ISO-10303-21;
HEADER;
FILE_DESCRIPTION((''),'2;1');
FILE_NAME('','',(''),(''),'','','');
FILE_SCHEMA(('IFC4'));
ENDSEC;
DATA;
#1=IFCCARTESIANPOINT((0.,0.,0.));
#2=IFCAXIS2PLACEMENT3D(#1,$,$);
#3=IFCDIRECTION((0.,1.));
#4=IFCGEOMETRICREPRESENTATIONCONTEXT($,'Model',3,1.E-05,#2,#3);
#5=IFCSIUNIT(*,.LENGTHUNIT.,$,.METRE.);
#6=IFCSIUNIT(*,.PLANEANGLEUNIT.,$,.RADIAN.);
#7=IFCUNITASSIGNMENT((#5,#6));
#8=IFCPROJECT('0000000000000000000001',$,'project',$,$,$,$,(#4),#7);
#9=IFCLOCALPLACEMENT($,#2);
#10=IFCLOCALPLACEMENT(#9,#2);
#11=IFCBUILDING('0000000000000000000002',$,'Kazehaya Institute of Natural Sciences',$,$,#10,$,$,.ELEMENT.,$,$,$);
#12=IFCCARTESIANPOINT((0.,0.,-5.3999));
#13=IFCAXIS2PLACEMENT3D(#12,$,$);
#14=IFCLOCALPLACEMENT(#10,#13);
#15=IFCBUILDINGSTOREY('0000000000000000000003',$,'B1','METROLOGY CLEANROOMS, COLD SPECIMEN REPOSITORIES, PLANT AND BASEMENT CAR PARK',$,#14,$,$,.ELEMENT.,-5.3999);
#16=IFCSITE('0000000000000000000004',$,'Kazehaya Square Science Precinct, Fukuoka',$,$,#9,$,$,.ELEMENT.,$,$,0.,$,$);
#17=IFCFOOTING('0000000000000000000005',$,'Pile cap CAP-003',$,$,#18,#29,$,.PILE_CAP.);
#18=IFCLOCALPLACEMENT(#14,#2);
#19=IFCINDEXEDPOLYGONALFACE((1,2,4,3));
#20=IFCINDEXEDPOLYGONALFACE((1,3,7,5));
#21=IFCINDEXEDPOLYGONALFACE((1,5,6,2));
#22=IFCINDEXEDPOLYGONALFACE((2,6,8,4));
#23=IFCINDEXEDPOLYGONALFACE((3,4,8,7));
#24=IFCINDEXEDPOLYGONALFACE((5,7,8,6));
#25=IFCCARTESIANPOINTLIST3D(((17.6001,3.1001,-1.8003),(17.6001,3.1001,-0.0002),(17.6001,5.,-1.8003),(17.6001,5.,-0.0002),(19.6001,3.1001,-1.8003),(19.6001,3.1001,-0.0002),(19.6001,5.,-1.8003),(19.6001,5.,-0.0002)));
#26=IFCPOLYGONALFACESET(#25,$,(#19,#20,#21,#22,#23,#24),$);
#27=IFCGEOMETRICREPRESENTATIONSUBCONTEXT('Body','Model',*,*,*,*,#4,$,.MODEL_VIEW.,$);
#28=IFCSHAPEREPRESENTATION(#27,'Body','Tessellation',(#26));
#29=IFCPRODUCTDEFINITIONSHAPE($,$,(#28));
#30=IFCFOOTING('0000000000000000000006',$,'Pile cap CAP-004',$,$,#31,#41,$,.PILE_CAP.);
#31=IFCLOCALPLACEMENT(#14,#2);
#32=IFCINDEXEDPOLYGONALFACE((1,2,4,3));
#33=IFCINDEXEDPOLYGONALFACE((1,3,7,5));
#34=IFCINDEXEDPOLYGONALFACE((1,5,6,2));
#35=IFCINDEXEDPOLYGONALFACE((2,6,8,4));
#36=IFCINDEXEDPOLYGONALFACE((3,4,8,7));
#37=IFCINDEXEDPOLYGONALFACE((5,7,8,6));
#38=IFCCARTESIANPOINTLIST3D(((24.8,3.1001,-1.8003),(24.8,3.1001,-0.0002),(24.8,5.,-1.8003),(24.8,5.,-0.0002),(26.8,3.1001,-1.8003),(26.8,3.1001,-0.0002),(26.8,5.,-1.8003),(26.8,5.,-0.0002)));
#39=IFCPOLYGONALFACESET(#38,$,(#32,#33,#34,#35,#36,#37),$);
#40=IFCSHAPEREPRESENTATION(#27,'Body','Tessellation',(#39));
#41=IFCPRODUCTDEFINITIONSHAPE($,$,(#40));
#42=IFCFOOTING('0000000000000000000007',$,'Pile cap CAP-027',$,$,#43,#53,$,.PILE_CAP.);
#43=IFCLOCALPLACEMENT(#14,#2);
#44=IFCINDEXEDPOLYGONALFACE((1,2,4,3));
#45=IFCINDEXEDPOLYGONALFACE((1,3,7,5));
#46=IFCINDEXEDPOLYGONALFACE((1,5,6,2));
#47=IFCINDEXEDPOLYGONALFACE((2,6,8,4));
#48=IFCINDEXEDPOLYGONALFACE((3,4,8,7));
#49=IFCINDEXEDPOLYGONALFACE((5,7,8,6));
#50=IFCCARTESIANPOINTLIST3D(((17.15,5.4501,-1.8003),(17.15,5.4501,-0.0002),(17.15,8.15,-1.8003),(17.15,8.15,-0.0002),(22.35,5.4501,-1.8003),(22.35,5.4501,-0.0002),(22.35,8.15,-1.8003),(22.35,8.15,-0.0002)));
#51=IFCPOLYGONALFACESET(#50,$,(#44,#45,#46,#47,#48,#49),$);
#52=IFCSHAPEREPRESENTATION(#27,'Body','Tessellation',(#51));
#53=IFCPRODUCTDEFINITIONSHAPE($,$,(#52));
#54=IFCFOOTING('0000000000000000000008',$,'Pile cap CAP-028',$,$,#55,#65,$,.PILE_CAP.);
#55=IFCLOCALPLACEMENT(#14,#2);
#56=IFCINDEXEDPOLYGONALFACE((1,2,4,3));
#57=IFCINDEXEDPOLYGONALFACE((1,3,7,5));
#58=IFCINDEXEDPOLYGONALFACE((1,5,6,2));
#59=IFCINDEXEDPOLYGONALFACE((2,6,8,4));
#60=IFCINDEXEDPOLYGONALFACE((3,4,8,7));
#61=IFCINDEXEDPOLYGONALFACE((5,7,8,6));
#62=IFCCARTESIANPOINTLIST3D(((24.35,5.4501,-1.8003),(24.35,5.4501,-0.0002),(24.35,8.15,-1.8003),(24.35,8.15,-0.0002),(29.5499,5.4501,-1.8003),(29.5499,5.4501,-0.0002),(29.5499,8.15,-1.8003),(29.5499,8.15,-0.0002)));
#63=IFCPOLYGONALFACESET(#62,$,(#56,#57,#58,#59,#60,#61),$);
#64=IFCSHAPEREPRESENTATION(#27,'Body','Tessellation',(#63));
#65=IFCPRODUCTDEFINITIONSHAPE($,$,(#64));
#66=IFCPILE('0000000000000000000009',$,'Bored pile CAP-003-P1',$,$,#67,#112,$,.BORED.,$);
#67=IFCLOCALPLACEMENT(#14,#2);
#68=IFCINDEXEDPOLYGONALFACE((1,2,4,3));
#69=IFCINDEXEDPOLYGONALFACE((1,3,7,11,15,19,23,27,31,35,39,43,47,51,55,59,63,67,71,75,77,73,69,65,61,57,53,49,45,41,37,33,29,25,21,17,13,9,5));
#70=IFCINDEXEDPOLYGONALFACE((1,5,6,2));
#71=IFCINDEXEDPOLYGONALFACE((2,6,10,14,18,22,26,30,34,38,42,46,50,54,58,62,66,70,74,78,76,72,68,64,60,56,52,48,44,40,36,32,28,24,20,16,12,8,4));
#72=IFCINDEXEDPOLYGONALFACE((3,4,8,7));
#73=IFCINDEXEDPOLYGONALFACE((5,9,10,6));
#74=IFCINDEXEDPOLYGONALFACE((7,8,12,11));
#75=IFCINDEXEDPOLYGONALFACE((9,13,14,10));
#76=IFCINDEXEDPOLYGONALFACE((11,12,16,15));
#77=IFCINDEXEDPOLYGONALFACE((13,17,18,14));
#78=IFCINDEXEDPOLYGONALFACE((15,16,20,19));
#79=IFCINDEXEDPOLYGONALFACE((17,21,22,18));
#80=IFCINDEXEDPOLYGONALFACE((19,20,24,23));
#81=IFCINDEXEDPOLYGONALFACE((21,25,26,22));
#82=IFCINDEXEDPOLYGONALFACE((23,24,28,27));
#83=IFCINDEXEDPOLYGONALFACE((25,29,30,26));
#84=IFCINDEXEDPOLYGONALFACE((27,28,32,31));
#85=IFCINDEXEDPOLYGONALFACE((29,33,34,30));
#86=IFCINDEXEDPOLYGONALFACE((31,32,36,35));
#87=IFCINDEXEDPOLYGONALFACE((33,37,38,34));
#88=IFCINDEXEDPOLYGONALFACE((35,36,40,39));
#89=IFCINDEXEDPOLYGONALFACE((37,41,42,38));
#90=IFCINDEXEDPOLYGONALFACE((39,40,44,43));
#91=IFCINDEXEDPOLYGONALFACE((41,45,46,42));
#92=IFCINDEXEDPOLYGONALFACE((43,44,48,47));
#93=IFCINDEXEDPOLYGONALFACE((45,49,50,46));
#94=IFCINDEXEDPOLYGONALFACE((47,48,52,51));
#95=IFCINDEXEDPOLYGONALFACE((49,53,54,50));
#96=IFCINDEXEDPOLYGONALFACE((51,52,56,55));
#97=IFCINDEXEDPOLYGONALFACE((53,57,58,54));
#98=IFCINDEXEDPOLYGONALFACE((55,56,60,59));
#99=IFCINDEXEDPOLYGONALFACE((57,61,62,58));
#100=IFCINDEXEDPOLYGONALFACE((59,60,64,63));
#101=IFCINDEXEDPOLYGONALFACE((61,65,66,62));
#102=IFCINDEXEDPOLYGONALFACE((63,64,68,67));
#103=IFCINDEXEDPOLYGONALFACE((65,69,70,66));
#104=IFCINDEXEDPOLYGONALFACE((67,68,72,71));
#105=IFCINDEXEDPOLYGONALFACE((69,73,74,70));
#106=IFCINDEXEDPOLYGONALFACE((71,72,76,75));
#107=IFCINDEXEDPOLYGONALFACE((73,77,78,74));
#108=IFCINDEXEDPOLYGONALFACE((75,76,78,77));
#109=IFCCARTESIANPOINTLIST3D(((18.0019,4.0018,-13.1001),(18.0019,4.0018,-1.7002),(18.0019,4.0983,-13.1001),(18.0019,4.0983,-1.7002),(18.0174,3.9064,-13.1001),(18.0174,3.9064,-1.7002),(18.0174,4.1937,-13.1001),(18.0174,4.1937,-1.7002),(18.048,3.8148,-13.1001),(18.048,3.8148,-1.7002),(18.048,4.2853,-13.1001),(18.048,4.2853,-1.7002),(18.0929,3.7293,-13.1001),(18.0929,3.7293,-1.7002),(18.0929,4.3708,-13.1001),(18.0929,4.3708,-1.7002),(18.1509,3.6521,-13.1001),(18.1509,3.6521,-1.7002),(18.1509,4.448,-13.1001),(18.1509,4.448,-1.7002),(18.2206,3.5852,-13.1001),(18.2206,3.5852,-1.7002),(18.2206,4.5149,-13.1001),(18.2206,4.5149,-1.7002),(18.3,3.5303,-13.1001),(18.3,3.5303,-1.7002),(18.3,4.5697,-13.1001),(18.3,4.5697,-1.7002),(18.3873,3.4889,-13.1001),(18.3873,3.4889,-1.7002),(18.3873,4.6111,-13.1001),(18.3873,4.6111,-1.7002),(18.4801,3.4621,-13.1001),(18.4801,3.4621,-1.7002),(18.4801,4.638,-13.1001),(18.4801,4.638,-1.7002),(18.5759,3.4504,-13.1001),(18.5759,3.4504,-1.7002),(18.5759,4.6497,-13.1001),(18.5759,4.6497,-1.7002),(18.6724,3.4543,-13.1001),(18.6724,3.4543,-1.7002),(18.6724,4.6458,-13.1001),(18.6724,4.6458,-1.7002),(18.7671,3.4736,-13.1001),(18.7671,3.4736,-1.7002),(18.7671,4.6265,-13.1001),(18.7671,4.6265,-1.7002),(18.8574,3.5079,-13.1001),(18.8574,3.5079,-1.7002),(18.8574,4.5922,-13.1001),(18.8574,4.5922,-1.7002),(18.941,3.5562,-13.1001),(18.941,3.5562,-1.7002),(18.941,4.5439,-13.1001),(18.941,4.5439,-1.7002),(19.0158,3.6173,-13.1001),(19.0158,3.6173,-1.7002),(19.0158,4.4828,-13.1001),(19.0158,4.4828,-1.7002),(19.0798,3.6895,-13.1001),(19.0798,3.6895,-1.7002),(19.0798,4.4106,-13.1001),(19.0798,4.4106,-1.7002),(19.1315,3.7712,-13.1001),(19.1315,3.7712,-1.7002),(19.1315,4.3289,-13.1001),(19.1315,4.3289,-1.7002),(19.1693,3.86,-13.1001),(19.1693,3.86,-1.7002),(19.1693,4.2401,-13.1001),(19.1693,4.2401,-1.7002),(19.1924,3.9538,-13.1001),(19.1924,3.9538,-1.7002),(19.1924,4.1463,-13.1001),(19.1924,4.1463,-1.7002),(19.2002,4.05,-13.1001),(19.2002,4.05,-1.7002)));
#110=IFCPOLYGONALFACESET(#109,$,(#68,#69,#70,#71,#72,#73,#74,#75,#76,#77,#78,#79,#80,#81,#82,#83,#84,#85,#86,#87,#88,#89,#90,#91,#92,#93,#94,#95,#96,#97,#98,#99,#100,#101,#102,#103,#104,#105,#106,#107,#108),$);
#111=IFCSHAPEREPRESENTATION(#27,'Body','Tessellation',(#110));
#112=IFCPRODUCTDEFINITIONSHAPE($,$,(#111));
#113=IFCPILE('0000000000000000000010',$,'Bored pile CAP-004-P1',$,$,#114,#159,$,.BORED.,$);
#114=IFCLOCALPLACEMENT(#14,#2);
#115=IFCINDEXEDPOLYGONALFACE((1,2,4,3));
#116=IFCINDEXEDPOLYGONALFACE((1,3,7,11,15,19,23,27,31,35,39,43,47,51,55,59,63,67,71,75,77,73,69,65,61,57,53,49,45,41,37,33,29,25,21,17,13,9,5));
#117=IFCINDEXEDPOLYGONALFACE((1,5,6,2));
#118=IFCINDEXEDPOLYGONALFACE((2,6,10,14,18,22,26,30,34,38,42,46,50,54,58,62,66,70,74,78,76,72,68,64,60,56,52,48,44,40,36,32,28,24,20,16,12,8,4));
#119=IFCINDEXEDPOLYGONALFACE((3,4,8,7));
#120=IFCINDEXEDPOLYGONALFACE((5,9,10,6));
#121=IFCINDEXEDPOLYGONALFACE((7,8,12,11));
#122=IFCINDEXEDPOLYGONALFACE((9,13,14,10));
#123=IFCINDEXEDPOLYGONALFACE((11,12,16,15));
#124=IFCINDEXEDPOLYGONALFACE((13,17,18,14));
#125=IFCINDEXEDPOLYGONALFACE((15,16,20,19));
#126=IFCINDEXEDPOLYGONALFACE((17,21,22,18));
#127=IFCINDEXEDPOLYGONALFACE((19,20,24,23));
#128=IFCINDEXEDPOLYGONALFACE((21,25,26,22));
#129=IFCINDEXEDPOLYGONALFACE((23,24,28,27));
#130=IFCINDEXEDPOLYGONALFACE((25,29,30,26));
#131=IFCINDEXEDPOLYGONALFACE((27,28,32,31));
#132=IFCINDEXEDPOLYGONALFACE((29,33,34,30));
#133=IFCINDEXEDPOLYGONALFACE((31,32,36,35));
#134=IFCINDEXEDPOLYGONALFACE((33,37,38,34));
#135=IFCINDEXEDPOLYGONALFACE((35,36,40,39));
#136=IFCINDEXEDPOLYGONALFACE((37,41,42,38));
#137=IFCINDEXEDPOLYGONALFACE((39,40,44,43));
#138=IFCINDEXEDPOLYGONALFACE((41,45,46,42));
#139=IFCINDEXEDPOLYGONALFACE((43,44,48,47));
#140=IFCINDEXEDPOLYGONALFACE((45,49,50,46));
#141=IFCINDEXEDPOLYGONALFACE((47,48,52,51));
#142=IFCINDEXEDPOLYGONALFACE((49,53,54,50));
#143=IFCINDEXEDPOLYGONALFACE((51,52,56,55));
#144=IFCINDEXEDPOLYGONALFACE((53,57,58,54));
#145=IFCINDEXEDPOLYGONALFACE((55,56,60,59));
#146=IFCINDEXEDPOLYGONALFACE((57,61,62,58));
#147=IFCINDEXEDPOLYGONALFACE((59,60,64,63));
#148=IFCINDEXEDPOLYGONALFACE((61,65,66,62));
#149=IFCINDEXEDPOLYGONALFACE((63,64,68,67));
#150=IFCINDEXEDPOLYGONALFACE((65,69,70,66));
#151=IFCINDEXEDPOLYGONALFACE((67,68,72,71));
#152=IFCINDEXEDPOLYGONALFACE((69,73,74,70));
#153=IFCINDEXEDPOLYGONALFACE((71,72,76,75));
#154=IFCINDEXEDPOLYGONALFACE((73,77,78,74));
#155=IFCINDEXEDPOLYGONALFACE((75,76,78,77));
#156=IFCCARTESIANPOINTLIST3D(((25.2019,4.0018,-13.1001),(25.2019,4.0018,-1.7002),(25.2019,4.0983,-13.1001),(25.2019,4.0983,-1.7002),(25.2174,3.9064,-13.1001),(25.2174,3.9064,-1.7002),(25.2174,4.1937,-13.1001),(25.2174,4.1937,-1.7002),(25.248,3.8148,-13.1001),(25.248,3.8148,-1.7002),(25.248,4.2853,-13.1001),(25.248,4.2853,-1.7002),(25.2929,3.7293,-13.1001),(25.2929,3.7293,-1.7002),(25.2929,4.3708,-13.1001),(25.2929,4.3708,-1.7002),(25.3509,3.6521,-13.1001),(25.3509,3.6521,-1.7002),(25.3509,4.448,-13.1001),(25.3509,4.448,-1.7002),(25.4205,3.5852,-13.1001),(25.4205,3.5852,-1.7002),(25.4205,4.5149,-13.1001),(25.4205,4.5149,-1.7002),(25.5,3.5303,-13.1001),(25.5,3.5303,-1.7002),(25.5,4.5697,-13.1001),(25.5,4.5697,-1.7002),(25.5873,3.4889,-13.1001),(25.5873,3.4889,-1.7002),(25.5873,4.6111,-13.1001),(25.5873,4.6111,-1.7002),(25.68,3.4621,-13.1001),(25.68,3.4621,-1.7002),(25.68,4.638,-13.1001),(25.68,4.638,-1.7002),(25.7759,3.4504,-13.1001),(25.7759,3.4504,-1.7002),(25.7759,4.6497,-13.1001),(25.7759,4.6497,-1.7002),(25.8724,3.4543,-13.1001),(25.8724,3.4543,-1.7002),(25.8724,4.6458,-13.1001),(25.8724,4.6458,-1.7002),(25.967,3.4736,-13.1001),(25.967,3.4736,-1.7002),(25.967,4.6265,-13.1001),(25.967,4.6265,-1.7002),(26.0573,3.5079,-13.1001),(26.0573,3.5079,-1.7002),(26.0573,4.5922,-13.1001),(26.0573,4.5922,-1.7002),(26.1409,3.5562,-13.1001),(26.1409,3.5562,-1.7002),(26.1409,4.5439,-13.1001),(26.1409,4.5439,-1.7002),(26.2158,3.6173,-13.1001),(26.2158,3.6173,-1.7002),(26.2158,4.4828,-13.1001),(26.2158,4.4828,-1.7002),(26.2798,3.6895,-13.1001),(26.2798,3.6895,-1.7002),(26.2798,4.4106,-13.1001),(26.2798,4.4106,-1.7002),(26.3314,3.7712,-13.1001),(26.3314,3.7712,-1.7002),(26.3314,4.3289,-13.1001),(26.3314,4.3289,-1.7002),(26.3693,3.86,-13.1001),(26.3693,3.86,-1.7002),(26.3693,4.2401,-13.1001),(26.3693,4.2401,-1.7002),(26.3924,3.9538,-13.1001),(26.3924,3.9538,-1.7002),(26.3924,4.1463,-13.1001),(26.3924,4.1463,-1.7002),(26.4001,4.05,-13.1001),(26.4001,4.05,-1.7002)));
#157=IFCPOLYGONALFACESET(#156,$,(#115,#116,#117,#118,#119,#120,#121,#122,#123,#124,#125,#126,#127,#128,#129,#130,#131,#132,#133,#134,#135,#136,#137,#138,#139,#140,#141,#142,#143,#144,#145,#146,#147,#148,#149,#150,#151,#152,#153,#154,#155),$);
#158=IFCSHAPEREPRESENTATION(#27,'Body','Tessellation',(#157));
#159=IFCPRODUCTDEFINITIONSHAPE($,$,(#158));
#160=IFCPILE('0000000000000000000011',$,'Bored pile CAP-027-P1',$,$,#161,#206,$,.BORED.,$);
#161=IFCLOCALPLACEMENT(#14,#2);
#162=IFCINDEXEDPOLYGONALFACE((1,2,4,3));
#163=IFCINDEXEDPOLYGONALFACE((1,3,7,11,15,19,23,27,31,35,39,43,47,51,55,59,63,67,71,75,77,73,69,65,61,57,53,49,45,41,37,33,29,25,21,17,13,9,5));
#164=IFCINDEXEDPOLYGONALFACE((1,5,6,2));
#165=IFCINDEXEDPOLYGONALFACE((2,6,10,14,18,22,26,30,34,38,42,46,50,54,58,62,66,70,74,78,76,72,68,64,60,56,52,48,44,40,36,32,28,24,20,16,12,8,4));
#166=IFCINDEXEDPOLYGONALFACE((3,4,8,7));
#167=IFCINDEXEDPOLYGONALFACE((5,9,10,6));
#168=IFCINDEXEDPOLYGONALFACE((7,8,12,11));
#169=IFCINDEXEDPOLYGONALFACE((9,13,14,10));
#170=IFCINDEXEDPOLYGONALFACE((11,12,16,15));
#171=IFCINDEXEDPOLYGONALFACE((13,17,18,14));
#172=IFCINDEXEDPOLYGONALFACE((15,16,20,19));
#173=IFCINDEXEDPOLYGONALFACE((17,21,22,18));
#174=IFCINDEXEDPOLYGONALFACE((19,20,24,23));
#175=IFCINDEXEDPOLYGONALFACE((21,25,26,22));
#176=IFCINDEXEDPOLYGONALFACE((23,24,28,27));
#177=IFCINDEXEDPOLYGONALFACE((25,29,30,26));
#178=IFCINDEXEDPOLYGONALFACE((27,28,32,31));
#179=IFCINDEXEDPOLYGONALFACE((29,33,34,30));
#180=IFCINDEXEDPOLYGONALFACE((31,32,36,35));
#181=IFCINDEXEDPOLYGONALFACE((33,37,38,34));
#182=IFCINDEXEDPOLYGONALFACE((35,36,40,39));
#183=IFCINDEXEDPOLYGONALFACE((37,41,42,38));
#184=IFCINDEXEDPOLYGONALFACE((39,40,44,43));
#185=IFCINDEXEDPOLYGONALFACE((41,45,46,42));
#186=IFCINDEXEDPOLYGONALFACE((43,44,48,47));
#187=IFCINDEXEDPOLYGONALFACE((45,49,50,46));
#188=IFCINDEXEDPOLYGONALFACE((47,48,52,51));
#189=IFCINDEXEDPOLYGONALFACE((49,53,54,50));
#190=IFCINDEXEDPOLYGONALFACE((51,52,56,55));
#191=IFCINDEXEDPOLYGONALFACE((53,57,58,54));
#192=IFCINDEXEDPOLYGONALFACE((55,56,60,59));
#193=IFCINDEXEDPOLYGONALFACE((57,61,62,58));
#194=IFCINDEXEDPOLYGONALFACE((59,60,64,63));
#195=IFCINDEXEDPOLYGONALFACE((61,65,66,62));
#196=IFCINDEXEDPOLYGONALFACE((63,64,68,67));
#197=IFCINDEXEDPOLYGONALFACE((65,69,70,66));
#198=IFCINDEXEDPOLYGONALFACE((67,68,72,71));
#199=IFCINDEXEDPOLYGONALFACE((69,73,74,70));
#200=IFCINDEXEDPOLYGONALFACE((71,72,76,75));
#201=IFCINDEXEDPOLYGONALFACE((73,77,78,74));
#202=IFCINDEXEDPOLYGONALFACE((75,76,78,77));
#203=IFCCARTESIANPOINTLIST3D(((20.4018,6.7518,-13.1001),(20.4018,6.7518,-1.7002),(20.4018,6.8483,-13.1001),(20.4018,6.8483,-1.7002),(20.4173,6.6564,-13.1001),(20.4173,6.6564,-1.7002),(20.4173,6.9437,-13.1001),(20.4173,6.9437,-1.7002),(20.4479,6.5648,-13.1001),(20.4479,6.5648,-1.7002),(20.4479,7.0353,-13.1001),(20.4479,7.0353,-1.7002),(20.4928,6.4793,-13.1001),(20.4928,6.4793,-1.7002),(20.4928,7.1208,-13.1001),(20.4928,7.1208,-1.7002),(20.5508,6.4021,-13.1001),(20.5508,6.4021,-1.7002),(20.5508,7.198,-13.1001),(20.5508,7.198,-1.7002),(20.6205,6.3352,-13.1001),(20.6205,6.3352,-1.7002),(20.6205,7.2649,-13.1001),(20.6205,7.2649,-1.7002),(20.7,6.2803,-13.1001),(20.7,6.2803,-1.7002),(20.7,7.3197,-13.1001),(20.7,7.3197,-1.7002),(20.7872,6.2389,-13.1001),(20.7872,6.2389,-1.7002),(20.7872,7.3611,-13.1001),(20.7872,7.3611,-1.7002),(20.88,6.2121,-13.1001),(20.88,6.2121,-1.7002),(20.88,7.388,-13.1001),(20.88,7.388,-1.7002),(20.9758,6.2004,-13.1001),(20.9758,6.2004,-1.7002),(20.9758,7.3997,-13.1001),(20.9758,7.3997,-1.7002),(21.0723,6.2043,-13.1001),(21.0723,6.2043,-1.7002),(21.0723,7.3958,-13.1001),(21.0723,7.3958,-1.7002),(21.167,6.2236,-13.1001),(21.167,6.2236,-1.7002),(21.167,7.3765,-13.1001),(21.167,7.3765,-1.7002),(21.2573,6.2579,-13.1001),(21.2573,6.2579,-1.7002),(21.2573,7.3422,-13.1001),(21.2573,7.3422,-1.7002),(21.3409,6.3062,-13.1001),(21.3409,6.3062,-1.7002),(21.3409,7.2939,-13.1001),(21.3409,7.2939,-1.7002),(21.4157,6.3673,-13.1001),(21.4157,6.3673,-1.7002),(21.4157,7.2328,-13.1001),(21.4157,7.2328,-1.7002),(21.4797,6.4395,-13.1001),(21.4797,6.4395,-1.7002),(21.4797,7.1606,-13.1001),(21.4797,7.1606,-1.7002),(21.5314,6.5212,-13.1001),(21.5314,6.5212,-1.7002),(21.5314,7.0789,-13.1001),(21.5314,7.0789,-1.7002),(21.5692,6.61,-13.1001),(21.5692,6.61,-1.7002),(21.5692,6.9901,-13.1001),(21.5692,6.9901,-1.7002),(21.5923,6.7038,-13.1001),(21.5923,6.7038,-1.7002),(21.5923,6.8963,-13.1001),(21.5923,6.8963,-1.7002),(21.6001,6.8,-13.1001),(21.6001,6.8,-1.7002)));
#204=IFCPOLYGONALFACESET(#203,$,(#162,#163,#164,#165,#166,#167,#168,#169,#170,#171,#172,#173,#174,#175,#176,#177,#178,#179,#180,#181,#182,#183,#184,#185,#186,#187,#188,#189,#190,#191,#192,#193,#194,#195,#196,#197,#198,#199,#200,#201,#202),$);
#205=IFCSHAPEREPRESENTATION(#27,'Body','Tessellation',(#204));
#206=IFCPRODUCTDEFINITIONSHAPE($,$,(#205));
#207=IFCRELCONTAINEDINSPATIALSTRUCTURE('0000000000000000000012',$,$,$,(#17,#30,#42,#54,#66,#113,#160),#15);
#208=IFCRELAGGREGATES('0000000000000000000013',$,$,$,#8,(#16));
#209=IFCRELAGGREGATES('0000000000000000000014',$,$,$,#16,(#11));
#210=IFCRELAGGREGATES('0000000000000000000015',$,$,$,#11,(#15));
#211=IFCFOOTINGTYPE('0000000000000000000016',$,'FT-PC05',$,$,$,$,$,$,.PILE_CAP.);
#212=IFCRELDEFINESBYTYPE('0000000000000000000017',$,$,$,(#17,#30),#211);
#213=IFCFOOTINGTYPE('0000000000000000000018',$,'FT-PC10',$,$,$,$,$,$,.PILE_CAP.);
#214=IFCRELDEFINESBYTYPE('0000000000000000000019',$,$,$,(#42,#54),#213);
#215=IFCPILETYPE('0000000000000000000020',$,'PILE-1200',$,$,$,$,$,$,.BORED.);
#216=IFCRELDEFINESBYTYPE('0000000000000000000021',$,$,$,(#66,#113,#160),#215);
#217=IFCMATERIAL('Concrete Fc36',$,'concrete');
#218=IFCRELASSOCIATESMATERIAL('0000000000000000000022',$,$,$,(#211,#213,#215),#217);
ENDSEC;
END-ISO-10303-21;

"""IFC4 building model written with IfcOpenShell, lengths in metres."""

from ifc_helpers import new_model, si_unit, direction, frame, origin, origin_2d, place, context, subcontext, project, spatial, rectangle, circle, extrude, material, material_profile, profile_set, type_object, element, save


model = new_model("IFC4")

# Units and contexts
model_context = context("Model", 3, precision=1e-05, world=origin(), true_north=direction((0.0, 1.0)))
body_context = subcontext(model_context, "Body", "Model", "MODEL_VIEW")
ifc_project = project(units=[si_unit("LENGTHUNIT", "METRE"), si_unit("PLANEANGLEUNIT", "RADIAN")], contexts=[model_context])

# Site, building, storey
site_placement = place(None, origin())
site = spatial("IfcSite", under=ifc_project, at=site_placement, Name="Kazehaya Square Science Precinct, Fukuoka", CompositionType="ELEMENT", RefElevation=0.0)
building_placement = place(site_placement, origin())
building = spatial("IfcBuilding", under=site, at=building_placement, Name="Kazehaya Institute of Natural Sciences", CompositionType="ELEMENT")
storey_placement = place(building_placement, frame((0.0, 0.0, -5.3999)))
storey = spatial("IfcBuildingStorey", under=building, at=storey_placement, Name="B1", Description="METROLOGY CLEANROOMS, COLD SPECIMEN REPOSITORIES, PLANT AND BASEMENT CAR PARK", CompositionType="ELEMENT", Elevation=-5.3999)

# Footings
ifc_material_1 = material(Name="Concrete Fc36", Category="concrete")
footing_type_1 = type_object("IfcFootingType", Name="FT-PC05", PredefinedType="PILE_CAP", material=ifc_material_1)
for number, where, z_axis, x_axis, name in (
    (1, (18.6001, 4.05, -1.8003), (0.0, 0.0, 1.0), (1.0, 0.0, 0.0), "Pile cap CAP-003"),
    (2, (25.8, 4.05, -1.8003), (0.0, 0.0, 1.0), (1.0, 0.0, 0.0), "Pile cap CAP-004"),
):
    element("IfcFooting", number, at=place(storey_placement, frame(where, z_axis=z_axis, x_axis=x_axis)), inside=storey, type_object=footing_type_1, Name=name, PredefinedType="PILE_CAP", context=body_context, shape_type="SweptSolid", body=[
        extrude(rectangle(XDim=2.0, YDim=1.8999, at=origin_2d()), origin(), (0.0, 0.0, 1.0), 1.8),
    ])
footing_type_2 = type_object("IfcFootingType", Name="FT-PC10", PredefinedType="PILE_CAP", material=ifc_material_1)
for number, where, z_axis, x_axis, name in (
    (3, (19.75, 6.8, -1.8003), (0.0, 0.0, 1.0), (1.0, 0.0, 0.0), "Pile cap CAP-027"),
    (4, (26.95, 6.8, -1.8003), (0.0, 0.0, 1.0), (1.0, 0.0, 0.0), "Pile cap CAP-028"),
):
    element("IfcFooting", number, at=place(storey_placement, frame(where, z_axis=z_axis, x_axis=x_axis)), inside=storey, type_object=footing_type_2, Name=name, PredefinedType="PILE_CAP", context=body_context, shape_type="SweptSolid", body=[
        extrude(rectangle(XDim=5.2, YDim=2.7, at=origin_2d()), origin(), (0.0, 0.0, 1.0), 1.8),
    ])

# Piles
ifc_material_profile_1 = material_profile(ifc_material_1, circle(Radius=0.6001, at=origin_2d()), Name="PILE-1200")
ifc_profile_set_1 = profile_set([ifc_material_profile_1], Name="Concrete Fc36")
pile_type_1 = type_object("IfcPileType", Name="PILE-1200", PredefinedType="BORED", material=ifc_profile_set_1)
for number, where, z_axis, x_axis, name in (
    (5, (18.6001, 4.05, -1.7002), (0.0, 0.0, -1.0), (1.0, 0.0, 0.0), "Bored pile CAP-003-P1"),
    (6, (25.8, 4.05, -1.7002), (0.0, 0.0, -1.0), (1.0, 0.0, 0.0), "Bored pile CAP-004-P1"),
    (7, (21.0, 6.8, -1.7002), (0.0, 0.0, -1.0), (1.0, 0.0, 0.0), "Bored pile CAP-027-P1"),
):
    element("IfcPile", number, at=place(storey_placement, frame(where, z_axis=z_axis, x_axis=x_axis)), inside=storey, type_object=pile_type_1, Name=name, PredefinedType="BORED", context=body_context, shape_type="SweptSolid", body=[
        extrude(circle(Radius=0.6001, at=origin_2d()), origin(), (0.0, 0.0, 1.0), 11.3999),
    ])

save(model, "model.ifc")
